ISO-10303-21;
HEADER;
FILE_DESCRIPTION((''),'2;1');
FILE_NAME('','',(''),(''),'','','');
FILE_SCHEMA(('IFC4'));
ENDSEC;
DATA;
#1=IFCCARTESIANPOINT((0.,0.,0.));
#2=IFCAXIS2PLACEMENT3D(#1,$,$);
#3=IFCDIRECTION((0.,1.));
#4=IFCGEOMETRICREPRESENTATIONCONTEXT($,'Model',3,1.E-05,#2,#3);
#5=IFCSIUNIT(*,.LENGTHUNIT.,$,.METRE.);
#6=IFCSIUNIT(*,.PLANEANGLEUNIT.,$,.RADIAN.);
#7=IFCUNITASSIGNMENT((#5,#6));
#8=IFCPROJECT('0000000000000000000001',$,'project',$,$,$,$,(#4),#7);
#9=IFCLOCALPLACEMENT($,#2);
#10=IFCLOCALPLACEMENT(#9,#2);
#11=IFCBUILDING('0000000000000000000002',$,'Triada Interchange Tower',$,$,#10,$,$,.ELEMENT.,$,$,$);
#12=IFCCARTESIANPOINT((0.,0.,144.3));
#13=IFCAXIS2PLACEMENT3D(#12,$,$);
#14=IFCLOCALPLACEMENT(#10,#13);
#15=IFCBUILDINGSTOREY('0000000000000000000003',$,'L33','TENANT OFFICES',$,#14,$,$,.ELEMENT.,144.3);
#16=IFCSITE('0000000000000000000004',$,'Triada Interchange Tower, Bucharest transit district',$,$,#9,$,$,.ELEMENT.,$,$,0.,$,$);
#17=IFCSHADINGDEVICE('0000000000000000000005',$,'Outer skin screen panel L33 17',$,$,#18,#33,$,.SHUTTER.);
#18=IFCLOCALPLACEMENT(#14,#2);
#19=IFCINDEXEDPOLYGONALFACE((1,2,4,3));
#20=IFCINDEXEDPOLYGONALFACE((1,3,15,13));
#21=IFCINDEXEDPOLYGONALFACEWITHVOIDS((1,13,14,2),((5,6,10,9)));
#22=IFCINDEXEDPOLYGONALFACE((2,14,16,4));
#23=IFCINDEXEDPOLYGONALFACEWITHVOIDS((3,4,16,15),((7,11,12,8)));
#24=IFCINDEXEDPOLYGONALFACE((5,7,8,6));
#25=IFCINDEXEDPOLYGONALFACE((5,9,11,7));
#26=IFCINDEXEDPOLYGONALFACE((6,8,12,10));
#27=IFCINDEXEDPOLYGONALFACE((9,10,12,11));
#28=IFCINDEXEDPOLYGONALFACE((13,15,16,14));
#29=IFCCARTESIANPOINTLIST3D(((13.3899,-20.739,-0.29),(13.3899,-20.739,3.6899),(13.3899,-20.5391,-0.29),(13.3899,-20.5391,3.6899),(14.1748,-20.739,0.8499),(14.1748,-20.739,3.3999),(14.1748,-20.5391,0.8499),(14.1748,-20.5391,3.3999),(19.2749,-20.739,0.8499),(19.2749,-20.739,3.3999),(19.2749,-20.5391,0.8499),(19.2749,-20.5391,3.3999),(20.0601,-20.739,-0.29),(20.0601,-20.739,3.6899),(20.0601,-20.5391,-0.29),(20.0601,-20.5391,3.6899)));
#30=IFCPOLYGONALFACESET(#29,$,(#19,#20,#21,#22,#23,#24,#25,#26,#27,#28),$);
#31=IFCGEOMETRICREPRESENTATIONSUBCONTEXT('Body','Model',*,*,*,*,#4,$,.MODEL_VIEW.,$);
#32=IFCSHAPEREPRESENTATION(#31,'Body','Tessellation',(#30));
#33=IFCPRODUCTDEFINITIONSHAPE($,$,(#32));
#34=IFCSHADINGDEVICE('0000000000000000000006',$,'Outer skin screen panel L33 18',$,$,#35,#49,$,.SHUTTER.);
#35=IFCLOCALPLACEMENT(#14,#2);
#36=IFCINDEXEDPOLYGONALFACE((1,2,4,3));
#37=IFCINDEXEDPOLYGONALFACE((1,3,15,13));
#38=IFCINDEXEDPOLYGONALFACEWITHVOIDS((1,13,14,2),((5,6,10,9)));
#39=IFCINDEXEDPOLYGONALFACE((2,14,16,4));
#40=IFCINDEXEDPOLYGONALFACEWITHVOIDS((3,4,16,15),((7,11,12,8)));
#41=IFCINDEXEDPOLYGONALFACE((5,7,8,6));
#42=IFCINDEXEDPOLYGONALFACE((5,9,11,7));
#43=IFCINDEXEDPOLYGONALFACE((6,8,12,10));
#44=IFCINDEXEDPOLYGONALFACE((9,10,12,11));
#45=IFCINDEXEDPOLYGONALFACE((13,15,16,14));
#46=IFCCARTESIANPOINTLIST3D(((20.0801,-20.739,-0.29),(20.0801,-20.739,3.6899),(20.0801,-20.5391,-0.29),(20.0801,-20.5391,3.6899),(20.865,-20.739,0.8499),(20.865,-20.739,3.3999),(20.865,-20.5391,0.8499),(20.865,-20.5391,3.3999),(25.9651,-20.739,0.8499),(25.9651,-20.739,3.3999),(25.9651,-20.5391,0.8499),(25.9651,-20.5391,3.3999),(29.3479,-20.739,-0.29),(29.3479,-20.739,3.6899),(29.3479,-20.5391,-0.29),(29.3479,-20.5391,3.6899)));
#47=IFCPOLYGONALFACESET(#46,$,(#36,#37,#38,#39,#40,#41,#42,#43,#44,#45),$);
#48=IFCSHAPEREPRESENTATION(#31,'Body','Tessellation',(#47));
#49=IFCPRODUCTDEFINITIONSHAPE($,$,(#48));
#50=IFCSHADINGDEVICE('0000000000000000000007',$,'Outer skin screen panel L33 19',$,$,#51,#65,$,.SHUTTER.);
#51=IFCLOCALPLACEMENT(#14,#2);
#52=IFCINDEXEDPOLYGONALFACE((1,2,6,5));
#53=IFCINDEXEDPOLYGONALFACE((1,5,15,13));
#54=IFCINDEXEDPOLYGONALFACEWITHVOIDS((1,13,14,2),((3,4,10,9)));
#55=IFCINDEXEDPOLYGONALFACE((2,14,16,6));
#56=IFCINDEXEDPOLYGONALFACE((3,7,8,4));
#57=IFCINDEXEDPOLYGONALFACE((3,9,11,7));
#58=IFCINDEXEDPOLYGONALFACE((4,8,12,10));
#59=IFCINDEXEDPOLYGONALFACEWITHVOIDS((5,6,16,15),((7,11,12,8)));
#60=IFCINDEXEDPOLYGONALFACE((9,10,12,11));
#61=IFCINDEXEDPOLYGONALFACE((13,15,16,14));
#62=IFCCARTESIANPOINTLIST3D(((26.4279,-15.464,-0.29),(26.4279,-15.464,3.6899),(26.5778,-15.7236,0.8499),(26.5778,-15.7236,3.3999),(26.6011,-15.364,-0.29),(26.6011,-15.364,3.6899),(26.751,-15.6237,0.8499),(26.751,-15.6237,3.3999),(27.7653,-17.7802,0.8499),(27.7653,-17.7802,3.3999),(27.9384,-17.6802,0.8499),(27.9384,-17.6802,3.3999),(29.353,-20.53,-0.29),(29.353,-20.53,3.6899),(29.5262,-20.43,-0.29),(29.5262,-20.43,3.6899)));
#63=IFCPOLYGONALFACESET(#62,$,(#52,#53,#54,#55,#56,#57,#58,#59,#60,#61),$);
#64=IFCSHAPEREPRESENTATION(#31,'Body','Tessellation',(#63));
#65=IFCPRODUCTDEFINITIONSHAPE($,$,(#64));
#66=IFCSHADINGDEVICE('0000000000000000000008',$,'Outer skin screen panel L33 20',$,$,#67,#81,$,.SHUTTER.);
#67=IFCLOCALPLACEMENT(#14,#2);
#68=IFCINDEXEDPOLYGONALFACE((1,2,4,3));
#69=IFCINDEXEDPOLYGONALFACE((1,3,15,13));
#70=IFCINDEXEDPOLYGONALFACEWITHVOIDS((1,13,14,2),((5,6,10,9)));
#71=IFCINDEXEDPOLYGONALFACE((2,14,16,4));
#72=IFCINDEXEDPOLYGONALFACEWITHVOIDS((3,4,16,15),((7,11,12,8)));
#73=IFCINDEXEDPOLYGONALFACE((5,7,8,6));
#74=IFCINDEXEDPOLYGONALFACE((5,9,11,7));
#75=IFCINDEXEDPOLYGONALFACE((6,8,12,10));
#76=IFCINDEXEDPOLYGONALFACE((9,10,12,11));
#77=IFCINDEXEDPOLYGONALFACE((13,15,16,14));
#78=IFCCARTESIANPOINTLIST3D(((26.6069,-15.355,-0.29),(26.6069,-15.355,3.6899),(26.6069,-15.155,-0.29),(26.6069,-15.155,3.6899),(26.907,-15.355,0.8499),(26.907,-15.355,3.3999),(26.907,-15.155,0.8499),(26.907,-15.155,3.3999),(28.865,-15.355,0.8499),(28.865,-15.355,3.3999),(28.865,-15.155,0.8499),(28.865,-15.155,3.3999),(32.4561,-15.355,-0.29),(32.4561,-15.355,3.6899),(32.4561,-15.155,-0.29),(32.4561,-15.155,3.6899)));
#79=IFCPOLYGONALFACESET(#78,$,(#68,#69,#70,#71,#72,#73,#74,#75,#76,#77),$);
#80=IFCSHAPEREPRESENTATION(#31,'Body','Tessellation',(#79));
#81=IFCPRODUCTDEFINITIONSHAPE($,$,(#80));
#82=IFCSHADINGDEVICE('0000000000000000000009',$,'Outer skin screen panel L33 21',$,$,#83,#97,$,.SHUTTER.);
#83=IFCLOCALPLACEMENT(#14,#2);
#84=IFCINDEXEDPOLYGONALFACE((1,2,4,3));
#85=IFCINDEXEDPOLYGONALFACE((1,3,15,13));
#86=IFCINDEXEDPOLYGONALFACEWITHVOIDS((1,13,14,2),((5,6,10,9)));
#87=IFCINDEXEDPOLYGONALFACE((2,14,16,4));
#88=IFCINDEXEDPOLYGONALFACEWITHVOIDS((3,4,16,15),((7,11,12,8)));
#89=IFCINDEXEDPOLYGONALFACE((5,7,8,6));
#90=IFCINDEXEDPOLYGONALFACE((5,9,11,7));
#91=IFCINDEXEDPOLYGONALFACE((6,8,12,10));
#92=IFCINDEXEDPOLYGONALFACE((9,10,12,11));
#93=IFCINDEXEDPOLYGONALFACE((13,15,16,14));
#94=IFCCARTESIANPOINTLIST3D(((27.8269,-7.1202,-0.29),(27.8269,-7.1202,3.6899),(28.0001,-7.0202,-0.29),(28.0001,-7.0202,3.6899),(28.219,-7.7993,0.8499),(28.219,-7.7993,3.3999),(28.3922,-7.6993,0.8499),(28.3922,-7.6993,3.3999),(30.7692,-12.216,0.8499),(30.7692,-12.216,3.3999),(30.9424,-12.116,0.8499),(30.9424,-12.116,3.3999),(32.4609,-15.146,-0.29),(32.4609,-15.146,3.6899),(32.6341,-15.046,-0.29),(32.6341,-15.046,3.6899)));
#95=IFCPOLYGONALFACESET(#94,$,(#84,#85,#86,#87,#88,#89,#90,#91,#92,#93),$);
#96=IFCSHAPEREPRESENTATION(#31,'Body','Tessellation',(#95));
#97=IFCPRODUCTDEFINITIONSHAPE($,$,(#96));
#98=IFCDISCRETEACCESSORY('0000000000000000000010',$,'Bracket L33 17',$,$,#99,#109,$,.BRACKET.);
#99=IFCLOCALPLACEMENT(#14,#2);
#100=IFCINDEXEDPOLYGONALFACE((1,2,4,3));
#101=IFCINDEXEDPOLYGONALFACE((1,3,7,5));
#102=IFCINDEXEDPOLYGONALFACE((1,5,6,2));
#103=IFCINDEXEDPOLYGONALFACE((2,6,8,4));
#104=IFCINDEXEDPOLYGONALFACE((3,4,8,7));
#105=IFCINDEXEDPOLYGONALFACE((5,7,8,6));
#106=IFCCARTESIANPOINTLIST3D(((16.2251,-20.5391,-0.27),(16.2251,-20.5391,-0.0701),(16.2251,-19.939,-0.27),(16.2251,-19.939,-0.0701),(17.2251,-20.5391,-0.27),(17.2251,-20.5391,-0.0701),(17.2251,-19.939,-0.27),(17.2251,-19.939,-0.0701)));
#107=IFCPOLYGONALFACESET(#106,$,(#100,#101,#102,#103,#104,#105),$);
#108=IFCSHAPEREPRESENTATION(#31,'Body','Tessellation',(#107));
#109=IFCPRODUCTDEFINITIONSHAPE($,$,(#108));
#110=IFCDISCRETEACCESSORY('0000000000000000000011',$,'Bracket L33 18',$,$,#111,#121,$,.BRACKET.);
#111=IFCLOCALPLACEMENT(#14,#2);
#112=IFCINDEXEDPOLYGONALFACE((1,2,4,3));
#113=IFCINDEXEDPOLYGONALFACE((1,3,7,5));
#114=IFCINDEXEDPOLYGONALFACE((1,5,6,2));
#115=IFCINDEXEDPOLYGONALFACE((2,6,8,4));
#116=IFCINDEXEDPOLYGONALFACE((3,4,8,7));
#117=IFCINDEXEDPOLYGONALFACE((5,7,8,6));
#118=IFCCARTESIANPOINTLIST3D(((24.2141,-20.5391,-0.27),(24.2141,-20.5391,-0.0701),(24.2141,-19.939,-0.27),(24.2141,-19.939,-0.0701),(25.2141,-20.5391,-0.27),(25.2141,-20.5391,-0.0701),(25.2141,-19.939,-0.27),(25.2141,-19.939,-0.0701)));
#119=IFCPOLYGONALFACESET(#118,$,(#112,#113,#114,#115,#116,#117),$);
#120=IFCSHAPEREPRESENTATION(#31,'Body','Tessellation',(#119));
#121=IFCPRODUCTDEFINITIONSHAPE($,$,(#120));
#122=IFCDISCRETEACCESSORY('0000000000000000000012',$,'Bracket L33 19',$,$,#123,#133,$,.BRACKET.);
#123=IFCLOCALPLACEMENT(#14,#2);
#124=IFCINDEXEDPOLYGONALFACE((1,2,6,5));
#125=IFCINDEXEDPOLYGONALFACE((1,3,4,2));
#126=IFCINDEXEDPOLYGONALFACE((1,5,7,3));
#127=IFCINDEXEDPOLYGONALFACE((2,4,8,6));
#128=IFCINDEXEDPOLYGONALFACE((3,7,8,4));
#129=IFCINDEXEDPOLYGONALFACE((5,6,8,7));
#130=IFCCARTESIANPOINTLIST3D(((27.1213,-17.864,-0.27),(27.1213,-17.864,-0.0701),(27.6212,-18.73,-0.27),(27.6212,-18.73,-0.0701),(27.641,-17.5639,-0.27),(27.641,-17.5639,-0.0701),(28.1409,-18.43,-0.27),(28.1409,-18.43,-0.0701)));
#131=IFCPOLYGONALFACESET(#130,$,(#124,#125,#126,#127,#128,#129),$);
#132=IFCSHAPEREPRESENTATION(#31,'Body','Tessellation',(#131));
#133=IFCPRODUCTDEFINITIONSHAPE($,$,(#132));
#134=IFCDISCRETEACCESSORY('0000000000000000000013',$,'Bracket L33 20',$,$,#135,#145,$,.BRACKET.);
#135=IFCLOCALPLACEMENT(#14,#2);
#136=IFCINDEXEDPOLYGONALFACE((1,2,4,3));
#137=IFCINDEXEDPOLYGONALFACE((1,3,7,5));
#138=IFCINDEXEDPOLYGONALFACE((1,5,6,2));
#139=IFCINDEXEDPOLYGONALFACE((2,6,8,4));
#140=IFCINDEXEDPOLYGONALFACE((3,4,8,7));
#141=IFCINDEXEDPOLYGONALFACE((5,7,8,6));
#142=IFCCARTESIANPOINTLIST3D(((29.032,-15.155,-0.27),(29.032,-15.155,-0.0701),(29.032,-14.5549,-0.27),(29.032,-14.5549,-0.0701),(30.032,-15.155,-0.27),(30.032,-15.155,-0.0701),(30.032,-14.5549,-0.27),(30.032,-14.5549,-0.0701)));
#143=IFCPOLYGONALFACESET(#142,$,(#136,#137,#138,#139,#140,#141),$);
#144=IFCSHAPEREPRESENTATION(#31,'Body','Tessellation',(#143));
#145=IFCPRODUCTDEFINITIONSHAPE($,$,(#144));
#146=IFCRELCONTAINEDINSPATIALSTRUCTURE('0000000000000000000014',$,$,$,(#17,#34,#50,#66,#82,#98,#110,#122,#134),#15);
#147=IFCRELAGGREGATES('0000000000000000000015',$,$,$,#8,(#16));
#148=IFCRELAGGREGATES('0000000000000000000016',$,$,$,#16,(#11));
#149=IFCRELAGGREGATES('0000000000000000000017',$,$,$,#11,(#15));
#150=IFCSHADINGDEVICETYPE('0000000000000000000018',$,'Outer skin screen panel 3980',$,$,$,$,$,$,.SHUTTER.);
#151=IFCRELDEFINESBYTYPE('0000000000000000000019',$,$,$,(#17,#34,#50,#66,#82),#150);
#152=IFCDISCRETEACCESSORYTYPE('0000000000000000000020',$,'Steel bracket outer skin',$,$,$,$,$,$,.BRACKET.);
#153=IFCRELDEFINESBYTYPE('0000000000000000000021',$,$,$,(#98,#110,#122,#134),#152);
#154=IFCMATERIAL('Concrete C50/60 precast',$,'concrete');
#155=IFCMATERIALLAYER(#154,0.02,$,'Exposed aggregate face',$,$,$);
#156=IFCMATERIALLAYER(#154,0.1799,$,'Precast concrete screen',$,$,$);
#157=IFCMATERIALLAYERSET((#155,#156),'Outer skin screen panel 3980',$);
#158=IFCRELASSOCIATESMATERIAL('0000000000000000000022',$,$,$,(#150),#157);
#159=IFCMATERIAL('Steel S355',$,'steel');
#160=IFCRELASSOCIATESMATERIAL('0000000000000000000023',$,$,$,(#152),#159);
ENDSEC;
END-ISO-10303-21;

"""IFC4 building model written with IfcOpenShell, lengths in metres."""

from ifc_helpers import new_model, si_unit, direction, frame, origin, origin_2d, place, context, subcontext, project, spatial, polyline, rectangle, outline, extrude, material, layer, layer_set, type_object, element, save


model = new_model("IFC4")

# Units and contexts
model_context = context("Model", 3, precision=1e-05, world=origin(), true_north=direction((0.0, 1.0)))
body_context = subcontext(model_context, "Body", "Model", "MODEL_VIEW")
ifc_project = project(units=[si_unit("LENGTHUNIT", "METRE"), si_unit("PLANEANGLEUNIT", "RADIAN")], contexts=[model_context])

# Site, building, storey
site_placement = place(None, origin())
site = spatial("IfcSite", under=ifc_project, at=site_placement, Name="Triada Interchange Tower, Bucharest transit district", CompositionType="ELEMENT", RefElevation=0.0)
building_placement = place(site_placement, origin())
building = spatial("IfcBuilding", under=site, at=building_placement, Name="Triada Interchange Tower", CompositionType="ELEMENT")
storey_placement = place(building_placement, frame((0.0, 0.0, 144.3)))
storey = spatial("IfcBuildingStorey", under=building, at=storey_placement, Name="L33", Description="TENANT OFFICES", CompositionType="ELEMENT", Elevation=144.3)

# Shading devices
ifc_material_1 = material(Name="Concrete C50/60 precast", Category="concrete")
ifc_layer_1 = layer(ifc_material_1, 0.02, Name="Exposed aggregate face")
ifc_layer_2 = layer(ifc_material_1, 0.1799, Name="Precast concrete screen")
ifc_layer_set_1 = layer_set([ifc_layer_1, ifc_layer_2], Name="Outer skin screen panel 3980")
shading_device_type = type_object("IfcShadingDeviceType", Name="Outer skin screen panel 3980", PredefinedType="SHUTTER", material=ifc_layer_set_1)
shading_device_1_placement = place(storey_placement, frame((13.3899, -20.5391, -0.29), z_axis=(0.0, 0.0, 1.0), x_axis=(1.0, 0.0, 0.0)))
element("IfcShadingDevice", 1, at=shading_device_1_placement, inside=storey, type_object=shading_device_type, Name="Outer skin screen panel L33 17", PredefinedType="SHUTTER", context=body_context, shape_type="SweptSolid", body=[
    extrude(outline(polyline([(0.0, 0.0), (6.6702, 0.0), (6.6702, 3.98), (0.0, 3.98), (0.0, 0.0)]), holes=[polyline([(0.7849, 1.1399), (0.7849, 3.6899), (5.885, 3.6899), (5.885, 1.1399), (0.7849, 1.1399)])]), frame((0.0, 0.0, 0.0), z_axis=(0.0, -1.0, 0.0), x_axis=(1.0, 0.0, 0.0)), (0.0, 0.0, 1.0), 0.2),
])
shading_device_2_placement = place(storey_placement, frame((20.0801, -20.5391, -0.29), z_axis=(0.0, 0.0, 1.0), x_axis=(1.0, 0.0, 0.0)))
element("IfcShadingDevice", 2, at=shading_device_2_placement, inside=storey, type_object=shading_device_type, Name="Outer skin screen panel L33 18", PredefinedType="SHUTTER", context=body_context, shape_type="SweptSolid", body=[
    extrude(outline(polyline([(0.0, 0.0), (9.2678, 0.0), (9.2678, 3.98), (0.0, 3.98), (0.0, 0.0)]), holes=[polyline([(0.7849, 1.1399), (0.7849, 3.6899), (5.885, 3.6899), (5.885, 1.1399), (0.7849, 1.1399)])]), frame((0.0, 0.0, 0.0), z_axis=(0.0, -1.0, 0.0), x_axis=(1.0, 0.0, 0.0)), (0.0, 0.0, 1.0), 0.2),
])
shading_device_3_placement = place(storey_placement, frame((29.353, -20.53, -0.29), z_axis=(0.0, 0.0, 1.0), x_axis=(-0.500031, 0.866008, 0.0)))
element("IfcShadingDevice", 3, at=shading_device_3_placement, inside=storey, type_object=shading_device_type, Name="Outer skin screen panel L33 19", PredefinedType="SHUTTER", context=body_context, shape_type="SweptSolid", body=[
    extrude(outline(polyline([(0.0, 0.0), (5.8499, 0.0), (5.8499, 3.98), (0.0, 3.98), (0.0, 0.0)]), holes=[polyline([(3.1753, 1.1399), (3.1753, 3.6899), (5.55, 3.6899), (5.55, 1.1399), (3.1753, 1.1399)])]), frame((0.0, 0.0, 0.0), z_axis=(0.0, -1.0, 0.0), x_axis=(1.0, 0.0, 0.0)), (0.0, 0.0, 1.0), 0.2),
])
shading_device_4_placement = place(storey_placement, frame((26.6069, -15.155, -0.29), z_axis=(0.0, 0.0, 1.0), x_axis=(1.0, 0.0, 0.0)))
element("IfcShadingDevice", 4, at=shading_device_4_placement, inside=storey, type_object=shading_device_type, Name="Outer skin screen panel L33 20", PredefinedType="SHUTTER", context=body_context, shape_type="SweptSolid", body=[
    extrude(outline(polyline([(0.0, 0.0), (5.8491, 0.0), (5.8491, 3.98), (0.0, 3.98), (0.0, 0.0)]), holes=[polyline([(0.3, 1.1399), (0.3, 3.6899), (2.2581, 3.6899), (2.2581, 1.1399), (0.3, 1.1399)])]), frame((0.0, 0.0, 0.0), z_axis=(0.0, -1.0, 0.0), x_axis=(1.0, 0.0, 0.0)), (0.0, 0.0, 1.0), 0.2),
])
shading_device_5_placement = place(storey_placement, frame((32.4609, -15.146, -0.29), z_axis=(0.0, 0.0, 1.0), x_axis=(-0.500023, 0.866012, 0.0)))
element("IfcShadingDevice", 5, at=shading_device_5_placement, inside=storey, type_object=shading_device_type, Name="Outer skin screen panel L33 21", PredefinedType="SHUTTER", context=body_context, shape_type="SweptSolid", body=[
    extrude(outline(polyline([(0.0, 0.0), (9.2676, 0.0), (9.2676, 3.98), (0.0, 3.98), (0.0, 0.0)]), holes=[polyline([(3.3833, 1.1399), (3.3833, 3.6899), (8.4834, 3.6899), (8.4834, 1.1399), (3.3833, 1.1399)])]), frame((0.0, 0.0, 0.0), z_axis=(0.0, -1.0, 0.0), x_axis=(1.0, 0.0, 0.0)), (0.0, 0.0, 1.0), 0.2),
])

# Discrete accessories
ifc_material_2 = material(Name="Steel S355", Category="steel")
discrete_accessory_type = type_object("IfcDiscreteAccessoryType", Name="Steel bracket outer skin", PredefinedType="BRACKET", material=ifc_material_2)
for number, where, z_axis, x_axis, name in (
    (6, (16.7251, -20.239, -0.27), (0.0, 0.0, 1.0), (0.0, -1.0, 0.0), "Bracket L33 17"),
    (7, (24.7141, -20.239, -0.27), (0.0, 0.0, 1.0), (0.0, -1.0, 0.0), "Bracket L33 18"),
    (8, (27.6311, -18.147, -0.27), (0.0, 0.0, 1.0), (0.866057, 0.499945, 0.0), "Bracket L33 19"),
    (9, (29.532, -14.855, -0.27), (0.0, 0.0, 1.0), (0.0, -1.0, 0.0), "Bracket L33 20"),
):
    element("IfcDiscreteAccessory", number, at=place(storey_placement, frame(where, z_axis=z_axis, x_axis=x_axis)), inside=storey, type_object=discrete_accessory_type, Name=name, PredefinedType="BRACKET", context=body_context, shape_type="SweptSolid", body=[
        extrude(rectangle(XDim=0.6001, YDim=1.0, at=origin_2d()), origin(), (0.0, 0.0, 1.0), 0.2),
    ])

save(model, "model.ifc")
